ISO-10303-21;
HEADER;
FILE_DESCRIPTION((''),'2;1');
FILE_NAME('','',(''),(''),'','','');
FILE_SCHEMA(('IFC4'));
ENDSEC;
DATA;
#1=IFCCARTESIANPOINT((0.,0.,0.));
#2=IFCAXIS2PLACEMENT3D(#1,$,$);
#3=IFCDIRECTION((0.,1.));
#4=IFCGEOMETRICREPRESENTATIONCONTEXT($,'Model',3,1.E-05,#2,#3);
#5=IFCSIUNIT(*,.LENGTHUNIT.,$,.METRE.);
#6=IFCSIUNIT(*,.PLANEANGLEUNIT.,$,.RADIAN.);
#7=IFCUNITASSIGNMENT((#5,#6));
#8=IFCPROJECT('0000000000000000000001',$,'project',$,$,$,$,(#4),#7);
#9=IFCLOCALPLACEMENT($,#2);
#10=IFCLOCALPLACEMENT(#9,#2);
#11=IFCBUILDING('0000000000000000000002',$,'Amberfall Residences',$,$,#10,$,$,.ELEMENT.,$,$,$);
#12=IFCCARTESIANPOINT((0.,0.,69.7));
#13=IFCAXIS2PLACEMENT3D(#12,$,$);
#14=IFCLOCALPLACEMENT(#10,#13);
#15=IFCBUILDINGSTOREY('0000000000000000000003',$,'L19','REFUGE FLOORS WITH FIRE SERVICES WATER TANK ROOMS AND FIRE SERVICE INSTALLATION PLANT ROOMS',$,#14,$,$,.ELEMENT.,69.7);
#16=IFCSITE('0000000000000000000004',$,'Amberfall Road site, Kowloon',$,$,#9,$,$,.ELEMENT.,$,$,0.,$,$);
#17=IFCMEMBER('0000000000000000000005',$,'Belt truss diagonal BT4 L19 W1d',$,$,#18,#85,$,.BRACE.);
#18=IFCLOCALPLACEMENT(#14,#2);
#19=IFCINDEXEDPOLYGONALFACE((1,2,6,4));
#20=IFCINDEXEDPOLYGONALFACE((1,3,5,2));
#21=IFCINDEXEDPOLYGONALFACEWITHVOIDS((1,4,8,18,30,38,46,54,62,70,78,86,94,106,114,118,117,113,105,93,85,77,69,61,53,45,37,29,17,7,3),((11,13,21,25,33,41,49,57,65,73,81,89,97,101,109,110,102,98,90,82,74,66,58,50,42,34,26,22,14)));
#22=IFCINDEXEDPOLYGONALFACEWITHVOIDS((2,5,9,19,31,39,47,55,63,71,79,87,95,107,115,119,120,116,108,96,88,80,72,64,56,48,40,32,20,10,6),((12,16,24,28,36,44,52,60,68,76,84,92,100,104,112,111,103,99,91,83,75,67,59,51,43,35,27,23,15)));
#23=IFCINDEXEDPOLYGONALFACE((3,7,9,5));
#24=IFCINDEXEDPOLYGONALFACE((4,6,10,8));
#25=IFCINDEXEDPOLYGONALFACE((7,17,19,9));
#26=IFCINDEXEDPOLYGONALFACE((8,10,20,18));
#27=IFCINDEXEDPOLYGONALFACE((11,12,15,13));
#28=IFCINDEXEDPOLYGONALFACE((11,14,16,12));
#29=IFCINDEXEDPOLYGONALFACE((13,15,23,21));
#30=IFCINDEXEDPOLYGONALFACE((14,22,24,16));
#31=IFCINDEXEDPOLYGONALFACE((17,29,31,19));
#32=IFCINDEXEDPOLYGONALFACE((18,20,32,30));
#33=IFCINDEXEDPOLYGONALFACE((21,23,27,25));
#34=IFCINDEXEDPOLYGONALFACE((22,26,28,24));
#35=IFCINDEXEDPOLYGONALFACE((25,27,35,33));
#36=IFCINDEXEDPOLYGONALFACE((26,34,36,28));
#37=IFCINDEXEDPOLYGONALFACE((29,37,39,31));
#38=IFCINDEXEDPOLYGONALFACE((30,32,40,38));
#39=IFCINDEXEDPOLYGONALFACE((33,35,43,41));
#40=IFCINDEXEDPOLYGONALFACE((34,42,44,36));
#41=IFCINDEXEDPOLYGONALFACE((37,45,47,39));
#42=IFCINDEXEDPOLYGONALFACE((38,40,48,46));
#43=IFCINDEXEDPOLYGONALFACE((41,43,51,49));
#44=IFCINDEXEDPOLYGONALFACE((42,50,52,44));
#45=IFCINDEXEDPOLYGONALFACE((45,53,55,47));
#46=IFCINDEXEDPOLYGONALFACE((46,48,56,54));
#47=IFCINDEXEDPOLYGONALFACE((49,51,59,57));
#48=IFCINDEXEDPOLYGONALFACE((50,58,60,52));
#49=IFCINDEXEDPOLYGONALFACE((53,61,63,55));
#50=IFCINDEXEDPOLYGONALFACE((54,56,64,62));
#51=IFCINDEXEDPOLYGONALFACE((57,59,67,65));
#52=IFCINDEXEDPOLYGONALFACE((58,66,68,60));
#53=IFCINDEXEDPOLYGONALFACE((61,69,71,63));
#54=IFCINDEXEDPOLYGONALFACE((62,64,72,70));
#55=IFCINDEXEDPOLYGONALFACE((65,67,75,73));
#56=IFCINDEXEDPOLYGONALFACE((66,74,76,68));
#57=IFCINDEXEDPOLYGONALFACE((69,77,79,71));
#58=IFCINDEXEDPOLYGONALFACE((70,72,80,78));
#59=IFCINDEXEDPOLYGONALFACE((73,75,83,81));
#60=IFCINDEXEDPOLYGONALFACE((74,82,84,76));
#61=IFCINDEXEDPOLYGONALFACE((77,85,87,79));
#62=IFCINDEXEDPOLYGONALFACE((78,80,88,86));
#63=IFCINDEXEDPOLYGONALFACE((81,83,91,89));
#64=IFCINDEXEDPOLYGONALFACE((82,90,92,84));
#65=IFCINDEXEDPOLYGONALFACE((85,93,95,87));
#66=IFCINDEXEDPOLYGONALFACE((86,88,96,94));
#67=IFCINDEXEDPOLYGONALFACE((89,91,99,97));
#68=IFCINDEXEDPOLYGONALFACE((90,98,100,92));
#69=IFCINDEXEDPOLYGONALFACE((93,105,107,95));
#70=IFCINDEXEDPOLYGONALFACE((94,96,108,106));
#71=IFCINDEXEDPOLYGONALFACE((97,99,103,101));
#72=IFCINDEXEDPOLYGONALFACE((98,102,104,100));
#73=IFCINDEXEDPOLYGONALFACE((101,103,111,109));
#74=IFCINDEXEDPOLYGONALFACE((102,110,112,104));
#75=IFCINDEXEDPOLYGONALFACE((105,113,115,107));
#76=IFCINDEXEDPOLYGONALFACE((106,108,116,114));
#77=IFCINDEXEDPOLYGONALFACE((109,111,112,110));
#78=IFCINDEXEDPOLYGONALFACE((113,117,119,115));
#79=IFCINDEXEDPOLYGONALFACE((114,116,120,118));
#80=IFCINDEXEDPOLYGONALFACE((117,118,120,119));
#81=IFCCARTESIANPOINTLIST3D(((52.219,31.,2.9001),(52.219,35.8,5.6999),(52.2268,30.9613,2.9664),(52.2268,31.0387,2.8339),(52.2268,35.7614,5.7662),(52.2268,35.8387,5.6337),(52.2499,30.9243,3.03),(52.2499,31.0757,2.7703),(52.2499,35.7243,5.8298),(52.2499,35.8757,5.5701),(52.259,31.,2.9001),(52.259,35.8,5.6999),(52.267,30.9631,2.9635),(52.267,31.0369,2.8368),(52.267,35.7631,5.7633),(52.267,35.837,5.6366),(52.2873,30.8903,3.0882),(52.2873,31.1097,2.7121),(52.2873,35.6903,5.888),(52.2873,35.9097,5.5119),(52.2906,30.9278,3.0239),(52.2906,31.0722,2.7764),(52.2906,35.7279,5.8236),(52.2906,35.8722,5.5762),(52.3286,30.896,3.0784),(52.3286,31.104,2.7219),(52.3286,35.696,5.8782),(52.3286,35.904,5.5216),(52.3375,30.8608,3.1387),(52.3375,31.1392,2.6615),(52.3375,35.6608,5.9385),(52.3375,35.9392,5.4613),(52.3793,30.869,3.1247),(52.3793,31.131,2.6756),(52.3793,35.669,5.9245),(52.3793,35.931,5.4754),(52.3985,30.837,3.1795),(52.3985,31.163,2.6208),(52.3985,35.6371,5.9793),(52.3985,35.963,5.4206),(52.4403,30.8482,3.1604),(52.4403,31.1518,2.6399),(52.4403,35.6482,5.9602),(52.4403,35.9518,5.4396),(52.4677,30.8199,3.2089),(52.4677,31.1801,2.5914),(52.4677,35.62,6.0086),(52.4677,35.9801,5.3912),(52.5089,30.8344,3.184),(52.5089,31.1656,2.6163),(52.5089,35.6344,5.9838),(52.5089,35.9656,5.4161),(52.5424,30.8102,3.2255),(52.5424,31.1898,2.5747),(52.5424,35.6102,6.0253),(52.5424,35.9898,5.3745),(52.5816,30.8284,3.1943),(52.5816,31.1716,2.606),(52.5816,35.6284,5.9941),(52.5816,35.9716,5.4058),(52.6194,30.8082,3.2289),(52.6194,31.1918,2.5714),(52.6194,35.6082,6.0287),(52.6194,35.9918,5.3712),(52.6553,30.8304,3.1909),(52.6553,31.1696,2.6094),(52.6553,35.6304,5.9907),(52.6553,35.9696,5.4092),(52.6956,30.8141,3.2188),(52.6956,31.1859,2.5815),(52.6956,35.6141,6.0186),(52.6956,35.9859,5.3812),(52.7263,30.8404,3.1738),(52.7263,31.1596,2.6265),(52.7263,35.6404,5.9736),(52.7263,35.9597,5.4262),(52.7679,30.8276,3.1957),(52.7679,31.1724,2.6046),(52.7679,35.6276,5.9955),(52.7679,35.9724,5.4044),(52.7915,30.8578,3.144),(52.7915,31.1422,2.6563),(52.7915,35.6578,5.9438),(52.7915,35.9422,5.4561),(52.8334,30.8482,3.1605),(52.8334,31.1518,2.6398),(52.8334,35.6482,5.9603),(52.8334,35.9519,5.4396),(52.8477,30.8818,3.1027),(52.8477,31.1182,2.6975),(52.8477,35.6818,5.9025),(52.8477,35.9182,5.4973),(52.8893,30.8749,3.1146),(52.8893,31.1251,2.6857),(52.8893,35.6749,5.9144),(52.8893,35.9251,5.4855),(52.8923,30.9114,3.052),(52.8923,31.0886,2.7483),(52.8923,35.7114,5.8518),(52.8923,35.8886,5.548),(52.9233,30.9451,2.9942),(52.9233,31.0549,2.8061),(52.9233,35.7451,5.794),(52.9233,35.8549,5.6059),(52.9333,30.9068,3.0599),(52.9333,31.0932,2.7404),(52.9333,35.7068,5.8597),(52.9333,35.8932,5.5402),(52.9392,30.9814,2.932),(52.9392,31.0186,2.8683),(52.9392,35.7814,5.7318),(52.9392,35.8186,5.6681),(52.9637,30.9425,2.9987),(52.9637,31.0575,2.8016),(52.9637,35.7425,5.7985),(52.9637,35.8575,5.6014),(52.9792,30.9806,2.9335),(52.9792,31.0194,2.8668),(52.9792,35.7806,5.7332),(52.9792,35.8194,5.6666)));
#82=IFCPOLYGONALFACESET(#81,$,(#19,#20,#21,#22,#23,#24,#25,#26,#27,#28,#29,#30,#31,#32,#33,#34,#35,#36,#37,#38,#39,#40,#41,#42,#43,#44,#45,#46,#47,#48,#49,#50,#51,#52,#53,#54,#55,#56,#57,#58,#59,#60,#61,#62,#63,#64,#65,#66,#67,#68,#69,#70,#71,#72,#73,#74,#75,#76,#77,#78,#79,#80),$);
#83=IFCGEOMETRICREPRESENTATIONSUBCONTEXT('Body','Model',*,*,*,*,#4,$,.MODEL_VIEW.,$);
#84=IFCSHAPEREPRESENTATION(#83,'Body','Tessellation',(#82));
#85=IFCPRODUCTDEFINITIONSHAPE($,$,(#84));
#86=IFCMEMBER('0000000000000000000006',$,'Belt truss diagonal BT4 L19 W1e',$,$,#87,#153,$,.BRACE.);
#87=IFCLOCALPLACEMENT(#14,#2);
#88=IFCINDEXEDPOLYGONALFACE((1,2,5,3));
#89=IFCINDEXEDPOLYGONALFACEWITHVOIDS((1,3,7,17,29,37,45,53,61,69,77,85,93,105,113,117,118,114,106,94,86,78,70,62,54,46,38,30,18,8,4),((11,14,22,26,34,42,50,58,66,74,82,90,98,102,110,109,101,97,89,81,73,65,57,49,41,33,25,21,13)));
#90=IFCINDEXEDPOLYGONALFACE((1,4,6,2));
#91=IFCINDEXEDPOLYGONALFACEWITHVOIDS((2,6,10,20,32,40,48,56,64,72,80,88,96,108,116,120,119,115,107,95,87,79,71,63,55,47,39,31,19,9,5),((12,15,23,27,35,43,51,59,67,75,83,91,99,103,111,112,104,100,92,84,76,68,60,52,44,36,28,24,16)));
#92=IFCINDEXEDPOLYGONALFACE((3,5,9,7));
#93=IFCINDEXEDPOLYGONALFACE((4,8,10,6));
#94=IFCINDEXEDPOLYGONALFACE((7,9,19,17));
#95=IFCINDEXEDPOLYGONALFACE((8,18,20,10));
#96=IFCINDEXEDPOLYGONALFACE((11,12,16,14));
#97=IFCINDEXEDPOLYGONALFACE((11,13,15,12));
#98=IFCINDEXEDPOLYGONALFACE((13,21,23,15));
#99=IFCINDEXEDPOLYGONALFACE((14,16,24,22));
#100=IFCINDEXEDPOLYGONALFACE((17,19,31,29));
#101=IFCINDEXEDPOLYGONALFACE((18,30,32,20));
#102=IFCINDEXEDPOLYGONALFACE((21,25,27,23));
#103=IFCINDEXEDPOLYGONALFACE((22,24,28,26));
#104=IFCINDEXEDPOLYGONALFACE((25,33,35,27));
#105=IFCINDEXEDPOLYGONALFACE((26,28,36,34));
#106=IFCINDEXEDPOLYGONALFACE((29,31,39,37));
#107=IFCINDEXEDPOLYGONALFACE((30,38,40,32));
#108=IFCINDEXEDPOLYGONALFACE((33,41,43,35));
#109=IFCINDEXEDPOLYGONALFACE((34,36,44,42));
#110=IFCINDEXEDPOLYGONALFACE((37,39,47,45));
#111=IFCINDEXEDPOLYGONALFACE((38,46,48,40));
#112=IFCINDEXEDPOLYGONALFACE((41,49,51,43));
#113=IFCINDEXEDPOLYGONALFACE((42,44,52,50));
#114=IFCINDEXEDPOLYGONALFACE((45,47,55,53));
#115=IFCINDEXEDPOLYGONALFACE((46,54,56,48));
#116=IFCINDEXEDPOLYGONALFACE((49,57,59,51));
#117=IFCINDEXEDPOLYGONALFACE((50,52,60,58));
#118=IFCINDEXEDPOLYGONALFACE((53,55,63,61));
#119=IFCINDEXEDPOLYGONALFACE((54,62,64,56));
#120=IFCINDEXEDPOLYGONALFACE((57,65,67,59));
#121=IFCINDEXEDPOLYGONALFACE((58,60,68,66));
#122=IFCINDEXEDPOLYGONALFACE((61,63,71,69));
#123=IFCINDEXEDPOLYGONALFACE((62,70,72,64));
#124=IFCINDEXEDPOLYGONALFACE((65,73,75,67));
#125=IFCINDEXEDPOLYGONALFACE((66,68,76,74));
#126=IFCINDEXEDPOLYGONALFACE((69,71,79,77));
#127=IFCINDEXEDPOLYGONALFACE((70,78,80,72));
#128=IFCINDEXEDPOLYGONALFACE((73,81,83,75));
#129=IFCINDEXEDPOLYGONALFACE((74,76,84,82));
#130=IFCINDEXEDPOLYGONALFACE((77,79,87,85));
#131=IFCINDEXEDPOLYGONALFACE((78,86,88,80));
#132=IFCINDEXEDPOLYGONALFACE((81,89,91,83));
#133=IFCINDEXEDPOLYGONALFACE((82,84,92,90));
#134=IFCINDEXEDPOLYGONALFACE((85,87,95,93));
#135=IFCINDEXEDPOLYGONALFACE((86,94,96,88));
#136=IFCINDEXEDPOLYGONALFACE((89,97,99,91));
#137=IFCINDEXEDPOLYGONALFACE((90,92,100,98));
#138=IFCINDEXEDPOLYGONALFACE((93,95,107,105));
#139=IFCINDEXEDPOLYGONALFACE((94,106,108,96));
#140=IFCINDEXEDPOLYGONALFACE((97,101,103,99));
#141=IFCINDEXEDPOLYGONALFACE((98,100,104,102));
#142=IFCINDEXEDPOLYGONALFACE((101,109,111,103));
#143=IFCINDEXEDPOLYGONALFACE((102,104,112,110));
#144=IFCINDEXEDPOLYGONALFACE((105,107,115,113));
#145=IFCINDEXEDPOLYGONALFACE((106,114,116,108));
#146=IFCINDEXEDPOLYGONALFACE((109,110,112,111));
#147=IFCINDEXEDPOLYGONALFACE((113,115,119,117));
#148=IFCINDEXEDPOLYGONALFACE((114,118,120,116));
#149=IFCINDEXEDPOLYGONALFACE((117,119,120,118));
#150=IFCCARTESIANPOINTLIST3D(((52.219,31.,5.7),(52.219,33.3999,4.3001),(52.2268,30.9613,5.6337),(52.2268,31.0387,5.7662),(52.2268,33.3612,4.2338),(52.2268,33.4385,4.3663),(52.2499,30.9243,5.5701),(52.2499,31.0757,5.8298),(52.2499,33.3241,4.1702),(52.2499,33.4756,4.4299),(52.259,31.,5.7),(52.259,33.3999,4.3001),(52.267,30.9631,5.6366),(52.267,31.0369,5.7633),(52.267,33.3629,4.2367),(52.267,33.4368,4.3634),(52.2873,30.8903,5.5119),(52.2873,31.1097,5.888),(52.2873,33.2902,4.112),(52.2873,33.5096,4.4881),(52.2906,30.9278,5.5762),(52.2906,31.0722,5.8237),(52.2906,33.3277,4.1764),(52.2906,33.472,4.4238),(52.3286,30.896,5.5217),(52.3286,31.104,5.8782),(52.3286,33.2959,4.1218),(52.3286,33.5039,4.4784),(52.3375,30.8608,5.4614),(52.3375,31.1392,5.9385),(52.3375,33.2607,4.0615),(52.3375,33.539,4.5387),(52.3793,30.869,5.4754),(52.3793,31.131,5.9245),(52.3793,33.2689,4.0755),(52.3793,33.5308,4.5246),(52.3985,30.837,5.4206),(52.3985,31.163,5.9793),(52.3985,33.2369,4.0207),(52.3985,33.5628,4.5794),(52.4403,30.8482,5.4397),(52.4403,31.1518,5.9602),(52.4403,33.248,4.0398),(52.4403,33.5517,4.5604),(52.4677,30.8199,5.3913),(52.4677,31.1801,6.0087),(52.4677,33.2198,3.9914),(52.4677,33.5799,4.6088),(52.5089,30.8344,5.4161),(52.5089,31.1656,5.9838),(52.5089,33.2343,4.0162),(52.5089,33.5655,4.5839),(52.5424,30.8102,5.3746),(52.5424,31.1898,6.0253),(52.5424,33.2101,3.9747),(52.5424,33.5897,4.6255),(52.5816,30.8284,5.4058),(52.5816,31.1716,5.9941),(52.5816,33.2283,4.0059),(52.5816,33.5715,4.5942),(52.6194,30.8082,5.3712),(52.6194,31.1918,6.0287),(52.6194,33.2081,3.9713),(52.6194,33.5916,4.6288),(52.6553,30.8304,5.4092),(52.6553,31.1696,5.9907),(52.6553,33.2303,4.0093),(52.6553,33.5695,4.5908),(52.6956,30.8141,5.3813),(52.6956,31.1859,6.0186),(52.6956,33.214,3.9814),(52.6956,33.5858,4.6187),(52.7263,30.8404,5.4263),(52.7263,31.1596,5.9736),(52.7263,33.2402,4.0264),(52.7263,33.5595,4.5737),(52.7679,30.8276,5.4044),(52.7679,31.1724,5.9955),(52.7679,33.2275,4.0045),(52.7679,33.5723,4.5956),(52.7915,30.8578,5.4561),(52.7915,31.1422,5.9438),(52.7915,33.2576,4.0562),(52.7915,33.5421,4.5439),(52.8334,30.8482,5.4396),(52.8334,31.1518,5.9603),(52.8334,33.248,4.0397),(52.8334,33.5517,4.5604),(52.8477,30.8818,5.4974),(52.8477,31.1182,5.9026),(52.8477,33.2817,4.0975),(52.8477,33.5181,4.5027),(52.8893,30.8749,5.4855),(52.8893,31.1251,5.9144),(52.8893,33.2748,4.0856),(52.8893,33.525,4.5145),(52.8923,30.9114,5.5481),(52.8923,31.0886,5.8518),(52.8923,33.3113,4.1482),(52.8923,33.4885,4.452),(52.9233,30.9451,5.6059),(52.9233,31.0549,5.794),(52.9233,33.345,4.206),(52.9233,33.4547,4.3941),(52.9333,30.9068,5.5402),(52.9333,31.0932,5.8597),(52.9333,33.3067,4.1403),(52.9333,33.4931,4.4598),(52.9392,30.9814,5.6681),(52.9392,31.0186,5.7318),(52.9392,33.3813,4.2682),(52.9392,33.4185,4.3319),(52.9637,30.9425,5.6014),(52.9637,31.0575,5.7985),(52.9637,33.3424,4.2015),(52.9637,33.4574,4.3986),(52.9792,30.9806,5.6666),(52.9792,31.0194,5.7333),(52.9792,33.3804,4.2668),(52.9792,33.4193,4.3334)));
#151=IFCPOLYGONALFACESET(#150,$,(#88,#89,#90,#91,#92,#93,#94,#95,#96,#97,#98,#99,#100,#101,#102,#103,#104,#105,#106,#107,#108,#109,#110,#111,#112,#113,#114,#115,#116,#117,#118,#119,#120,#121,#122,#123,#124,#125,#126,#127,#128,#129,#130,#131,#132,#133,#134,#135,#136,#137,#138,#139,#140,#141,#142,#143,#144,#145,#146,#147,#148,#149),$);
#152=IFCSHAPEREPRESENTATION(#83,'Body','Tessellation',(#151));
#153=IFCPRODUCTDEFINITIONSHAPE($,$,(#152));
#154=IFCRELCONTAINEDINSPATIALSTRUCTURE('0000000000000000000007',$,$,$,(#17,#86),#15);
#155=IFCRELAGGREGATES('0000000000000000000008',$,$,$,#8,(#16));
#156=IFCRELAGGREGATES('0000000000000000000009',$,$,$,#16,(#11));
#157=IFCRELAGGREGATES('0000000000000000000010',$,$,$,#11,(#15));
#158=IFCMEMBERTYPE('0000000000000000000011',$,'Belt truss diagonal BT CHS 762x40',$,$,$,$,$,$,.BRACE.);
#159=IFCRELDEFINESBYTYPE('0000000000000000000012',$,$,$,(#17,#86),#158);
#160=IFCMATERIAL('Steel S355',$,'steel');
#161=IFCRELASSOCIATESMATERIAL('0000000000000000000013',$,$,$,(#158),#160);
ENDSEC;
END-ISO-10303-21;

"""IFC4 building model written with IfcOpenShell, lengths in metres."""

from ifc_helpers import new_model, si_unit, direction, frame, origin, origin_2d, place, context, subcontext, project, spatial, hollow_circle, extrude, material, material_profile, profile_set, type_object, element, save


model = new_model("IFC4")

# Units and contexts
model_context = context("Model", 3, precision=1e-05, world=origin(), true_north=direction((0.0, 1.0)))
body_context = subcontext(model_context, "Body", "Model", "MODEL_VIEW")
ifc_project = project(units=[si_unit("LENGTHUNIT", "METRE"), si_unit("PLANEANGLEUNIT", "RADIAN")], contexts=[model_context])

# Site, building, storey
site_placement = place(None, origin())
site = spatial("IfcSite", under=ifc_project, at=site_placement, Name="Amberfall Road site, Kowloon", CompositionType="ELEMENT", RefElevation=0.0)
building_placement = place(site_placement, origin())
building = spatial("IfcBuilding", under=site, at=building_placement, Name="Amberfall Residences", CompositionType="ELEMENT")
storey_placement = place(building_placement, frame((0.0, 0.0, 69.7)))
storey = spatial("IfcBuildingStorey", under=building, at=storey_placement, Name="L19", Description="REFUGE FLOORS WITH FIRE SERVICES WATER TANK ROOMS AND FIRE SERVICE INSTALLATION PLANT ROOMS", CompositionType="ELEMENT", Elevation=69.7)

# Shared definitions
ifc_material_1 = material(Name="Steel S355", Category="steel")

# Members
ifc_material_profile_1 = material_profile(ifc_material_1, hollow_circle(Radius=0.3811, WallThickness=0.04, at=origin_2d()), Name="CHS 762x40")
ifc_profile_set_1 = profile_set([ifc_material_profile_1], Name="Steel S355")
member_type = type_object("IfcMemberType", Name="Belt truss diagonal BT CHS 762x40", PredefinedType="BRACE", material=ifc_profile_set_1)
member_1_placement = place(storey_placement, frame((52.6001, 31.0, 2.9001), z_axis=(0.0, 0.863796, 0.503841), x_axis=(-1.0, 0.0, 0.0)))
element("IfcMember", 1, at=member_1_placement, inside=storey, type_object=member_type, Name="Belt truss diagonal BT4 L19 W1d", PredefinedType="BRACE", context=body_context, shape_type="SweptSolid", body=[
    extrude(hollow_circle(Radius=0.3811, WallThickness=0.04, at=origin_2d()), origin(), (0.0, 0.0, 1.0), 5.5569),
])
member_2_placement = place(storey_placement, frame((52.6001, 31.0, 5.7), z_axis=(0.0, 0.863785, -0.50386), x_axis=(-1.0, 0.0, 0.0)))
element("IfcMember", 2, at=member_2_placement, inside=storey, type_object=member_type, Name="Belt truss diagonal BT4 L19 W1e", PredefinedType="BRACE", context=body_context, shape_type="SweptSolid", body=[
    extrude(hollow_circle(Radius=0.3811, WallThickness=0.04, at=origin_2d()), origin(), (0.0, 0.0, 1.0), 2.7783),
])

save(model, "model.ifc")
